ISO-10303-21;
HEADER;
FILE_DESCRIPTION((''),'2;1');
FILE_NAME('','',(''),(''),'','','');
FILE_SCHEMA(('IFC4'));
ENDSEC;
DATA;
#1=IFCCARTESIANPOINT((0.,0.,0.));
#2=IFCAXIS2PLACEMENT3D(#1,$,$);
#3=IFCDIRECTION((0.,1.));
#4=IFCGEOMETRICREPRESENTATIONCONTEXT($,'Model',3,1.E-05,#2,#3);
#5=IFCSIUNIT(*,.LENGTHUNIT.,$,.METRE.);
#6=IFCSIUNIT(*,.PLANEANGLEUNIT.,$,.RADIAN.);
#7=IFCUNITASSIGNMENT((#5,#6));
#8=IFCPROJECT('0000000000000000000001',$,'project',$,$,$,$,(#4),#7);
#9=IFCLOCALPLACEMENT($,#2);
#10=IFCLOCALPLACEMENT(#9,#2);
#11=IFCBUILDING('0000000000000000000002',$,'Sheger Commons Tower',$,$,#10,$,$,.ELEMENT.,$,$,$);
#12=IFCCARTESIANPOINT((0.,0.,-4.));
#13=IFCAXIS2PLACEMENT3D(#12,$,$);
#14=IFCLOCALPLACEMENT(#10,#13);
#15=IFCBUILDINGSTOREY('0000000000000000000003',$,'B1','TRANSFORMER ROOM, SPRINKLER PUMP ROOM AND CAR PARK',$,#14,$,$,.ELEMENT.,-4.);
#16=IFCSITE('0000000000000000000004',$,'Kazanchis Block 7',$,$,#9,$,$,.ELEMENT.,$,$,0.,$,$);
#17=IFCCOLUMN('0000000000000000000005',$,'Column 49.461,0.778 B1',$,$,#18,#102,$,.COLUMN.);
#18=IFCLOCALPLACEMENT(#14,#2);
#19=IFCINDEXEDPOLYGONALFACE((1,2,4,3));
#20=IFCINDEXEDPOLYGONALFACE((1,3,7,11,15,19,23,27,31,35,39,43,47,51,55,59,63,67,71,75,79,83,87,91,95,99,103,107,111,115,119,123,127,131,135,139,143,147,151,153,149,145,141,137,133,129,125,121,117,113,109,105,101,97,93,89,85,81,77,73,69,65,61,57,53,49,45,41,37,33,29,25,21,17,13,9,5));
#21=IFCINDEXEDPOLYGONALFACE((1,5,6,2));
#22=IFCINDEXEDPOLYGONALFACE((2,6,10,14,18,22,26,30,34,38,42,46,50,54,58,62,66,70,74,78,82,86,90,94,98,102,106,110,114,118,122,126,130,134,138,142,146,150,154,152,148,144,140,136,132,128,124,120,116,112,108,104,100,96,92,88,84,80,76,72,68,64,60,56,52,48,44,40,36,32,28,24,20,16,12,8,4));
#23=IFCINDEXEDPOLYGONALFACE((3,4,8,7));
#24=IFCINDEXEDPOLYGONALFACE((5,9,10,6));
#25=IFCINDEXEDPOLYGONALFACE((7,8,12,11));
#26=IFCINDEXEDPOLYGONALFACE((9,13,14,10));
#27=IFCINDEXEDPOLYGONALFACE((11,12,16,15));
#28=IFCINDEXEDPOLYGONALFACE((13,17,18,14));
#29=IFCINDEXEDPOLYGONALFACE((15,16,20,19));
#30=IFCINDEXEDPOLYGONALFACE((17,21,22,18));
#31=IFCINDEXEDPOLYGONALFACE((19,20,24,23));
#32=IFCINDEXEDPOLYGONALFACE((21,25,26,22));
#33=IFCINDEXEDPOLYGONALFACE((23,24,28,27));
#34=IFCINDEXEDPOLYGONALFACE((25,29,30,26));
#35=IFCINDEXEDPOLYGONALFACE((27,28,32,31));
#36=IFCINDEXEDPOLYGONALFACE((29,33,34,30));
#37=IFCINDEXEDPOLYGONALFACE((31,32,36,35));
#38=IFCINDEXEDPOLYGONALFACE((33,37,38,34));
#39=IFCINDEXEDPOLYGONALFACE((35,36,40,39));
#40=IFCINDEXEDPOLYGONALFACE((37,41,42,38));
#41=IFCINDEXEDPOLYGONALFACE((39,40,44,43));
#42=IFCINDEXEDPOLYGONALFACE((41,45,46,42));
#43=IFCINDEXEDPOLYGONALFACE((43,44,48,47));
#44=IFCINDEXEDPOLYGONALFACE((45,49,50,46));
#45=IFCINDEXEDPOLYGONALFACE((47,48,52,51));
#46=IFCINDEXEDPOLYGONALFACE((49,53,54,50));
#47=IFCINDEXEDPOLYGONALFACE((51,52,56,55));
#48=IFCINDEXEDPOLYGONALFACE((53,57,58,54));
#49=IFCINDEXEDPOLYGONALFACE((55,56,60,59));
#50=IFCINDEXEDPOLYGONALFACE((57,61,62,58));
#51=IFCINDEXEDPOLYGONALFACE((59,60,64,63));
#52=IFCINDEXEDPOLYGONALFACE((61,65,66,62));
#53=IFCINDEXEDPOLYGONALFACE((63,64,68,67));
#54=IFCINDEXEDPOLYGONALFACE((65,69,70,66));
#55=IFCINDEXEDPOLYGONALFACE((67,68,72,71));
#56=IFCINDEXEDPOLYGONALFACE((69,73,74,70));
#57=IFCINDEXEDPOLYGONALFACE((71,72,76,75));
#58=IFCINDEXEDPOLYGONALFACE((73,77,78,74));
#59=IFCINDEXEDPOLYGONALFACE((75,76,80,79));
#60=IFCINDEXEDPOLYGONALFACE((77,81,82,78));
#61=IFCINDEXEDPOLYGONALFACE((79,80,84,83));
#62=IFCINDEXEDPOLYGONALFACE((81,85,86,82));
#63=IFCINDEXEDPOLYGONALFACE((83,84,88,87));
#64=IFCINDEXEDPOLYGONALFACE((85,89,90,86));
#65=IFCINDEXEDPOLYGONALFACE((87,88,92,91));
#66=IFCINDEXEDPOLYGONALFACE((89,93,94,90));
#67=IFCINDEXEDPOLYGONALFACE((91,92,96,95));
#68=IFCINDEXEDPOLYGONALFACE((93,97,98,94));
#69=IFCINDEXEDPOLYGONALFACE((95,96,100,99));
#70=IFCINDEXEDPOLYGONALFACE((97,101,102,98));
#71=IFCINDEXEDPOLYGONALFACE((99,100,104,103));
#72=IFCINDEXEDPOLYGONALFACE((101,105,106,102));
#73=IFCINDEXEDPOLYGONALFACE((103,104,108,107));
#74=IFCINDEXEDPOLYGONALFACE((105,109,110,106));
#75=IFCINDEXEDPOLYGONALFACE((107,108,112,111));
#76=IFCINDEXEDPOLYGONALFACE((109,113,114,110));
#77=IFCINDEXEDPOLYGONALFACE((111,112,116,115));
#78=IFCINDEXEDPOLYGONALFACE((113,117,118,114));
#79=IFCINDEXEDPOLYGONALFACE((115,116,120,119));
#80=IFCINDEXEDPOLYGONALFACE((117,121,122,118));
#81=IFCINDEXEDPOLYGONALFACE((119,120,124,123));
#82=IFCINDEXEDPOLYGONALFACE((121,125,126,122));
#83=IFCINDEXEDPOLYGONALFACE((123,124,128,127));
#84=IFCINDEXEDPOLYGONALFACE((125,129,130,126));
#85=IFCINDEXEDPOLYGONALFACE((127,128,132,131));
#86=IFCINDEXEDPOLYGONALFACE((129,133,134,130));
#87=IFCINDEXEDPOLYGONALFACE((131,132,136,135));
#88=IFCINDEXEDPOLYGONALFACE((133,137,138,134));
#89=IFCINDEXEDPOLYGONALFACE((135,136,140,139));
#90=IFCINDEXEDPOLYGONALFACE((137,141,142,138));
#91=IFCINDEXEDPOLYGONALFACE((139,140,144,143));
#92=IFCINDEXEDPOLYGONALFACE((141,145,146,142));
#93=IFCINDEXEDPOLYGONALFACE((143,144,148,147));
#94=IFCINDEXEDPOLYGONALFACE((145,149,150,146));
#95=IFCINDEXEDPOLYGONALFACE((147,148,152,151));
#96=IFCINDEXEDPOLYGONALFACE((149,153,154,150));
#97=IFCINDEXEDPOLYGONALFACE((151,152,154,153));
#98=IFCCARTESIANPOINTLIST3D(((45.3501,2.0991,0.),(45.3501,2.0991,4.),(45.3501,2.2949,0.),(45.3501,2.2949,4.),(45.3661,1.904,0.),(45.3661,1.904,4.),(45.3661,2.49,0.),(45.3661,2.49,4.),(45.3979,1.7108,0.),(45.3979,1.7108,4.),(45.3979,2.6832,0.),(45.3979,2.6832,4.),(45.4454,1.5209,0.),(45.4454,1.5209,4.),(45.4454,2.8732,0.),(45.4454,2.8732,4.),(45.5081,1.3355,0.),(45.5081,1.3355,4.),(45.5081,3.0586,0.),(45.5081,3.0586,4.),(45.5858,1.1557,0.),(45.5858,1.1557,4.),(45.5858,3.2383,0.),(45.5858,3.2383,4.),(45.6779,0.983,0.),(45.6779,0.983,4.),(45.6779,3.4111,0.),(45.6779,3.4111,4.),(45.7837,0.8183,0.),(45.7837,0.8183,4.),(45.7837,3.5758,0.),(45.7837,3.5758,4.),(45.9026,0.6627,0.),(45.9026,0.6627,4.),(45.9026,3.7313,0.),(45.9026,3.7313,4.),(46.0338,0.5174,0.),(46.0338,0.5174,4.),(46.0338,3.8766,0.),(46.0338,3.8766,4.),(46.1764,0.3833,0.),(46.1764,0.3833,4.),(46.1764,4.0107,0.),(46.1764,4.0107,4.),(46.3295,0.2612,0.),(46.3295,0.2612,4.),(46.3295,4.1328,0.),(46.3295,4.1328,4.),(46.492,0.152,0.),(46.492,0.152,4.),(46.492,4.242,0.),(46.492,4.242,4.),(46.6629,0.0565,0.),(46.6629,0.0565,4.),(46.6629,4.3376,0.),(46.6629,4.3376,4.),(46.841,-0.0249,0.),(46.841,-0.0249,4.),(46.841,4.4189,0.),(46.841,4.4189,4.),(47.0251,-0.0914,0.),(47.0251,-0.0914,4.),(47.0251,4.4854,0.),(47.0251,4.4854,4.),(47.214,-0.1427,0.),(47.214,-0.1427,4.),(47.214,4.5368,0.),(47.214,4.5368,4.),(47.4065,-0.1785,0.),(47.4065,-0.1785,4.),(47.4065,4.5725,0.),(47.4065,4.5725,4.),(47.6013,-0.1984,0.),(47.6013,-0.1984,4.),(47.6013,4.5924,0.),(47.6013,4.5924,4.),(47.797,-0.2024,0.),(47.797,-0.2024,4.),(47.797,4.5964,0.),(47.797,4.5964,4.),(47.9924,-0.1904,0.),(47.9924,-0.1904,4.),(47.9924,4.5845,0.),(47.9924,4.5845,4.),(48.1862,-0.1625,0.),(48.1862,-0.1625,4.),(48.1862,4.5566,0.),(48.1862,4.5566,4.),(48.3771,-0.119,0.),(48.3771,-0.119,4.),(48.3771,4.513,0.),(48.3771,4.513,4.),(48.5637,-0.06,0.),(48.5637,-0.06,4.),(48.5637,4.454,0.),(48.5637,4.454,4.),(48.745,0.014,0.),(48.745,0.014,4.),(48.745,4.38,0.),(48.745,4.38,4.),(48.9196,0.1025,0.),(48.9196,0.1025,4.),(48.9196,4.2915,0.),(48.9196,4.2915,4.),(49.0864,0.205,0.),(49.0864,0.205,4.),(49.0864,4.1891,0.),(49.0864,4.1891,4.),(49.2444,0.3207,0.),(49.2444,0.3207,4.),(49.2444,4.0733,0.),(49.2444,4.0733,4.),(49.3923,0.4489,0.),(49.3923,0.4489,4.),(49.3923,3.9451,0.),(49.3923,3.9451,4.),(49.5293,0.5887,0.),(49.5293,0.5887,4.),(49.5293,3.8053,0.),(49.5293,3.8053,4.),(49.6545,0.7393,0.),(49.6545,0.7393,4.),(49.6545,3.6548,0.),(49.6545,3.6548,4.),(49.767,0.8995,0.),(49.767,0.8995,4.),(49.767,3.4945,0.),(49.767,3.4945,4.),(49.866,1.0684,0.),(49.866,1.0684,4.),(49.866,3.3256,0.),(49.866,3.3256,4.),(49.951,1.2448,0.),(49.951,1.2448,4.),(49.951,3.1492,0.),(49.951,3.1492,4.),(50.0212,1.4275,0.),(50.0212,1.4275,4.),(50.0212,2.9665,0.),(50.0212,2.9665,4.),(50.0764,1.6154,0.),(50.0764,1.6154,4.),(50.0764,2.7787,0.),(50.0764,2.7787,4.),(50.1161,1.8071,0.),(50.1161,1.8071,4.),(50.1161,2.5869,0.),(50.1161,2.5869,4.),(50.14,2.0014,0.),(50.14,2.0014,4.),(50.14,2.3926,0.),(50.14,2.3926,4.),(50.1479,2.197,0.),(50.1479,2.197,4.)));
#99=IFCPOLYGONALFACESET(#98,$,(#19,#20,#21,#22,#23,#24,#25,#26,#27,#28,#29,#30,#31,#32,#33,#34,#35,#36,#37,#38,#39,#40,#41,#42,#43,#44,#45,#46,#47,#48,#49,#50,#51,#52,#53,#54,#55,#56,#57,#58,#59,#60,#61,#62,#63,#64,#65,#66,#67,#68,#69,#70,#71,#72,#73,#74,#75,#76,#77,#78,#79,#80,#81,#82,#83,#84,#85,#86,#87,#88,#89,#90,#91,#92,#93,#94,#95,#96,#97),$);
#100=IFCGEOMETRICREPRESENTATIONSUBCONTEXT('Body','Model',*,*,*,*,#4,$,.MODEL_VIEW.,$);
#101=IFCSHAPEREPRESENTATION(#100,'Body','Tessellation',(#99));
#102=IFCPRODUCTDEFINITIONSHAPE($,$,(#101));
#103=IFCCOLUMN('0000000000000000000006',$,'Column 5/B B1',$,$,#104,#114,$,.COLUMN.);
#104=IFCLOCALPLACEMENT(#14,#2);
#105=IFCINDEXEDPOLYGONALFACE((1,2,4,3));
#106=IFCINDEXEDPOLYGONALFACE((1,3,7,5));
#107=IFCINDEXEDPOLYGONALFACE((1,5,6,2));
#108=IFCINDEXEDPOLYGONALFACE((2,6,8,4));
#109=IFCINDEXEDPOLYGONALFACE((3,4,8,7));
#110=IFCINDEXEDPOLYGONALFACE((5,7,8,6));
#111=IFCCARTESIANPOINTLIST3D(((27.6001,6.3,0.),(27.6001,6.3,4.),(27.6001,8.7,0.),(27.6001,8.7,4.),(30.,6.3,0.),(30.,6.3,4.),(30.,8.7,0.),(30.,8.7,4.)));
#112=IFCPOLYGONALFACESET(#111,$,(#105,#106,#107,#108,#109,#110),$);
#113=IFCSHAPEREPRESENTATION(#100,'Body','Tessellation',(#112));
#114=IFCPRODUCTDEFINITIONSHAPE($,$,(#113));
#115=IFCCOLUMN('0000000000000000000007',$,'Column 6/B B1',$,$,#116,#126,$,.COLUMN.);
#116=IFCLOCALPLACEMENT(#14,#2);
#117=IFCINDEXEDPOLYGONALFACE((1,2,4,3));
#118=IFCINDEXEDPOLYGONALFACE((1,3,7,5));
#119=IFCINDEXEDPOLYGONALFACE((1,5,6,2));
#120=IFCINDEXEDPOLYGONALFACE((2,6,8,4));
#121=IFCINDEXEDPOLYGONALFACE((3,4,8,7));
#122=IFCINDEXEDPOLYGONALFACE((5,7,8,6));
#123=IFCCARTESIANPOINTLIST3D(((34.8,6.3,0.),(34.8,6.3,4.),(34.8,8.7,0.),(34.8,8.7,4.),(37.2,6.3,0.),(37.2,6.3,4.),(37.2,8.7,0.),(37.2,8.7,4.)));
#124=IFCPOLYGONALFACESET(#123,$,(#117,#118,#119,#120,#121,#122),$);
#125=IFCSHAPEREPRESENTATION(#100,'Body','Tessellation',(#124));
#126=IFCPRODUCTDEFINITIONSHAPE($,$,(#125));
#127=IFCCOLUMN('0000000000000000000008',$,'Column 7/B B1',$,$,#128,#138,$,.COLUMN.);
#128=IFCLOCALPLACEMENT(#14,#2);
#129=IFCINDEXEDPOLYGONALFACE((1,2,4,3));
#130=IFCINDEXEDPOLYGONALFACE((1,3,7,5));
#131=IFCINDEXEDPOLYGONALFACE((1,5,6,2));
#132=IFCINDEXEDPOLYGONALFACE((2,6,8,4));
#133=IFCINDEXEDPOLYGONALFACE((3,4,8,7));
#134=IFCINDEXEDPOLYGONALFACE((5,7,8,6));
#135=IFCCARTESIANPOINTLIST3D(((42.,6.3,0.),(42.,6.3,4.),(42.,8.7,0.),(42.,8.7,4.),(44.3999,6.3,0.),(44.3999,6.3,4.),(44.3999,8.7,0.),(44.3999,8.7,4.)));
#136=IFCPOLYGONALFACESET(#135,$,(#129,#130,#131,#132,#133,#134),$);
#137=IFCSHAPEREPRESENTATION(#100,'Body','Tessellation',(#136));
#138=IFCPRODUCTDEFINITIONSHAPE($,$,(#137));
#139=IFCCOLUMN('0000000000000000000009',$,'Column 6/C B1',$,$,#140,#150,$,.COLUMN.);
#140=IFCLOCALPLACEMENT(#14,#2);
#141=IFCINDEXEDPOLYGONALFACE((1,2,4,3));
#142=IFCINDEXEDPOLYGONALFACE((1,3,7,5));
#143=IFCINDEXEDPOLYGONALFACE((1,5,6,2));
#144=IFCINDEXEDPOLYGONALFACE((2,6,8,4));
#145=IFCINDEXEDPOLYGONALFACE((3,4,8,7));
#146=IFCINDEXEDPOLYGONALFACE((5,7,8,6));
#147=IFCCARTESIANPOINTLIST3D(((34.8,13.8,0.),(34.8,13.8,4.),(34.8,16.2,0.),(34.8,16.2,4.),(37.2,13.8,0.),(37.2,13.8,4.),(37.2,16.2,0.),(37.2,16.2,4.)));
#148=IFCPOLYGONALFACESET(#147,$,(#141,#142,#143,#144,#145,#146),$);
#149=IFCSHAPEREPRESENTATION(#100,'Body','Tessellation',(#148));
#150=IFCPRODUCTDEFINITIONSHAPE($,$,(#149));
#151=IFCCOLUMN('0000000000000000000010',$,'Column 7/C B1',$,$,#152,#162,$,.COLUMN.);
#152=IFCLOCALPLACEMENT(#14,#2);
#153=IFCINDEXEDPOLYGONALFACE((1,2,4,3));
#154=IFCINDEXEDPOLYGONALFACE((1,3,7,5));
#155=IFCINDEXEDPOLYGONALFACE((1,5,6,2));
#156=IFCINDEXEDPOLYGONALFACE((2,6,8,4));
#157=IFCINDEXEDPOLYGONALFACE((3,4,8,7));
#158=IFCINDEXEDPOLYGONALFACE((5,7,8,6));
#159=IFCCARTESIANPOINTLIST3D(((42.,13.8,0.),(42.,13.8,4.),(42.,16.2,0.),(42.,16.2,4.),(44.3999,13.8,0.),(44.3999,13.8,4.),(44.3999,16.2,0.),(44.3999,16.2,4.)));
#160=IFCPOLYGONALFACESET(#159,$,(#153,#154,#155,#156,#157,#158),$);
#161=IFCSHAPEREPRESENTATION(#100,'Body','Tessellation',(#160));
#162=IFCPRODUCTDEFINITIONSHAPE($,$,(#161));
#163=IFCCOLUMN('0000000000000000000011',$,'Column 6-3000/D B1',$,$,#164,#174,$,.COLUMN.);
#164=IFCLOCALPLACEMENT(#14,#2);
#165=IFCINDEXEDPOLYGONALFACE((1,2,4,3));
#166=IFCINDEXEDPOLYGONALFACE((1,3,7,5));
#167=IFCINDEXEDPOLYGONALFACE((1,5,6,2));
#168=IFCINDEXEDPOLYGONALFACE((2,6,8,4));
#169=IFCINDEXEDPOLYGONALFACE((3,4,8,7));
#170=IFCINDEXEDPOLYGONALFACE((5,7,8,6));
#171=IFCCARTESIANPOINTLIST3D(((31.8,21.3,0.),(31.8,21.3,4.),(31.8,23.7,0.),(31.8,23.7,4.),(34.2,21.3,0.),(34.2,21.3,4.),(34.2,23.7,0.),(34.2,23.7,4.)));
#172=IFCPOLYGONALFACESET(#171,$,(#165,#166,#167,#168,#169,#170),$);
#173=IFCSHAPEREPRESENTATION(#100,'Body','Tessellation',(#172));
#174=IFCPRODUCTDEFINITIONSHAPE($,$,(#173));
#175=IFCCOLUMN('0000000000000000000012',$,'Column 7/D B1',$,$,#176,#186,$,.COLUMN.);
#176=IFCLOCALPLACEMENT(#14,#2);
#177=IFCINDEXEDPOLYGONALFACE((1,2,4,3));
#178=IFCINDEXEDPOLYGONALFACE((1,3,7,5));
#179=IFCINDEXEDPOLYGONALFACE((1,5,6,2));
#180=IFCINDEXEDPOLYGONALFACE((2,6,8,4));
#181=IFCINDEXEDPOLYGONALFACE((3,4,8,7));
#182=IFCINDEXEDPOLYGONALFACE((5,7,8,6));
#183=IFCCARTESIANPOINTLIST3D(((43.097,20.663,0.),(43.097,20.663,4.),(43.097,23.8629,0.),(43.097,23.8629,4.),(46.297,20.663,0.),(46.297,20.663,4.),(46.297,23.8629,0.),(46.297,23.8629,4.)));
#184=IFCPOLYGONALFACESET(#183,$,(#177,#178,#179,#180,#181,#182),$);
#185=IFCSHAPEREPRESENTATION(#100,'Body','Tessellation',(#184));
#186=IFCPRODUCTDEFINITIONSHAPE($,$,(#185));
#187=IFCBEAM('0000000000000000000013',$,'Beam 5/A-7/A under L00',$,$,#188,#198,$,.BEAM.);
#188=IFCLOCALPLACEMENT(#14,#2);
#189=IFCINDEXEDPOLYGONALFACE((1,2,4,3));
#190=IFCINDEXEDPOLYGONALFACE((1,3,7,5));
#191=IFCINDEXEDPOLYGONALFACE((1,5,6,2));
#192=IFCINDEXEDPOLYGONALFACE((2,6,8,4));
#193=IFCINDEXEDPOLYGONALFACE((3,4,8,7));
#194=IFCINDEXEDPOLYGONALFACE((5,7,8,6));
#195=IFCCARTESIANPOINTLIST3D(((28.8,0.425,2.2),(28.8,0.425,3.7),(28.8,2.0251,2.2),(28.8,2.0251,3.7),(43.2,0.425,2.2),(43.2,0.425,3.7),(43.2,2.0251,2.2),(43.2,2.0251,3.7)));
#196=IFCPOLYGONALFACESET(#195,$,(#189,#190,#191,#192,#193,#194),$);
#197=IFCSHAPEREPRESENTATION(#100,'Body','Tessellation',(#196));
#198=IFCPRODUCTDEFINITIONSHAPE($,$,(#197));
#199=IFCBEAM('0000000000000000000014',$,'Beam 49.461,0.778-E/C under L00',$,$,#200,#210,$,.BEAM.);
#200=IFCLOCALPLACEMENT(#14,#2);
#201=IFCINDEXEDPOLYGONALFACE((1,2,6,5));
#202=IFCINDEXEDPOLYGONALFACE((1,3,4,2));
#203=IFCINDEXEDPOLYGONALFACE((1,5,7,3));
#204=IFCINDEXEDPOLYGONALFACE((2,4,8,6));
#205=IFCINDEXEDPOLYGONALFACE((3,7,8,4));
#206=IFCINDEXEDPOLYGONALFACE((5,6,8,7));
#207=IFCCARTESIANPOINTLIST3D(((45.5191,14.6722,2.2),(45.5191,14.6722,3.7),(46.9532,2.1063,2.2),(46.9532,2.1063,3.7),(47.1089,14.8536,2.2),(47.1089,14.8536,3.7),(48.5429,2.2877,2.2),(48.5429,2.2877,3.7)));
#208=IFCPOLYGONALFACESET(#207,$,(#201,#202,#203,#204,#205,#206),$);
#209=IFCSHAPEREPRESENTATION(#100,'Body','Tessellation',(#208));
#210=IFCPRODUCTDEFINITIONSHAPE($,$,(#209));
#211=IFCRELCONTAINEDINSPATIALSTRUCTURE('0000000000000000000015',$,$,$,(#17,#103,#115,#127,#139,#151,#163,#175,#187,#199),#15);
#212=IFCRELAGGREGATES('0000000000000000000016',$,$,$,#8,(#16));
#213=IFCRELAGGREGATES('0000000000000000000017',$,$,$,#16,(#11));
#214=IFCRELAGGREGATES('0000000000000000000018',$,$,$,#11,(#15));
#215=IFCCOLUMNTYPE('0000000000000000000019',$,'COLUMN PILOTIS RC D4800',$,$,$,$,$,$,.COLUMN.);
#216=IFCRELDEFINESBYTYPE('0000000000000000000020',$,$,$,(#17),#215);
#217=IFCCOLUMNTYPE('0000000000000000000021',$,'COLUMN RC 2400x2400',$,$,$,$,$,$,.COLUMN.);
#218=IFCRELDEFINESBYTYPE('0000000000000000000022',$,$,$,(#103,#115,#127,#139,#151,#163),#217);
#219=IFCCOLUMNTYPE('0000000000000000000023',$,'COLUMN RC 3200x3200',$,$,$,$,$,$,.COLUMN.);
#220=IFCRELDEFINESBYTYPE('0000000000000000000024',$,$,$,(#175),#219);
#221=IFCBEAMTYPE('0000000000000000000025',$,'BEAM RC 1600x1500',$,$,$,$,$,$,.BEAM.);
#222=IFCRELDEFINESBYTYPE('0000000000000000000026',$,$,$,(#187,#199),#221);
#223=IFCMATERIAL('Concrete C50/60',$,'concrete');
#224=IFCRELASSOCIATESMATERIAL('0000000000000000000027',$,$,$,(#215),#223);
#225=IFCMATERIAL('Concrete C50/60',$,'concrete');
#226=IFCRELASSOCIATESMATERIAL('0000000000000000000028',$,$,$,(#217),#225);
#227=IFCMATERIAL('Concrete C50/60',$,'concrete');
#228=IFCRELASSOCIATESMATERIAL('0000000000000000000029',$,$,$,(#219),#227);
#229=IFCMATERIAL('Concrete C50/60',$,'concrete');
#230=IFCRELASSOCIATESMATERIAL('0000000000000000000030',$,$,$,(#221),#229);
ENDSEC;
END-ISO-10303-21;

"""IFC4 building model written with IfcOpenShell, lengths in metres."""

from ifc_helpers import new_model, si_unit, direction, frame, origin, origin_2d, place, context, subcontext, project, spatial, rectangle, circle, extrude, material, material_profile, profile_set, type_object, element, save


model = new_model("IFC4")

# Units and contexts
model_context = context("Model", 3, precision=1e-05, world=origin(), true_north=direction((0.0, 1.0)))
body_context = subcontext(model_context, "Body", "Model", "MODEL_VIEW")
ifc_project = project(units=[si_unit("LENGTHUNIT", "METRE"), si_unit("PLANEANGLEUNIT", "RADIAN")], contexts=[model_context])

# Site, building, storey
site_placement = place(None, origin())
site = spatial("IfcSite", under=ifc_project, at=site_placement, Name="Kazanchis Block 7", CompositionType="ELEMENT", RefElevation=0.0)
building_placement = place(site_placement, origin())
building = spatial("IfcBuilding", under=site, at=building_placement, Name="Sheger Commons Tower", CompositionType="ELEMENT")
storey_placement = place(building_placement, frame((0.0, 0.0, -4.0)))
storey = spatial("IfcBuildingStorey", under=building, at=storey_placement, Name="B1", Description="TRANSFORMER ROOM, SPRINKLER PUMP ROOM AND CAR PARK", CompositionType="ELEMENT", Elevation=-4.0)

# Columns
ifc_material_1 = material(Name="Concrete C50/60", Category="concrete")
ifc_material_profile_1 = material_profile(ifc_material_1, circle(Radius=2.3999, at=origin_2d()), Name="RC D4800")
ifc_profile_set_1 = profile_set([ifc_material_profile_1], Name="Concrete C50/60")
column_type_1 = type_object("IfcColumnType", Name="COLUMN PILOTIS RC D4800", PredefinedType="COLUMN", material=ifc_profile_set_1)
column_1_placement = place(storey_placement, frame((47.748, 2.197, 0.0), z_axis=(0.0, 0.0, 1.0), x_axis=(1.0, 0.0, 0.0)))
element("IfcColumn", 1, at=column_1_placement, inside=storey, type_object=column_type_1, Name="Column 49.461,0.778 B1", PredefinedType="COLUMN", context=body_context, shape_type="SweptSolid", body=[
    extrude(circle(Radius=2.3999, at=origin_2d()), origin(), (0.0, 0.0, 1.0), 4.0),
])
ifc_material_2 = material(Name="Concrete C50/60", Category="concrete")
ifc_material_profile_2 = material_profile(ifc_material_2, rectangle(XDim=2.3999, YDim=2.3999, at=origin_2d()), Name="RC 2400x2400")
ifc_profile_set_2 = profile_set([ifc_material_profile_2], Name="Concrete C50/60")
column_type_2 = type_object("IfcColumnType", Name="COLUMN RC 2400x2400", PredefinedType="COLUMN", material=ifc_profile_set_2)
for number, where, z_axis, x_axis, name in (
    (2, (28.8, 7.5, 0.0), (0.0, 0.0, 1.0), (1.0, 0.0, 0.0), "Column 5/B B1"),
    (3, (36.0, 7.5, 0.0), (0.0, 0.0, 1.0), (1.0, 0.0, 0.0), "Column 6/B B1"),
    (4, (43.2, 7.5, 0.0), (0.0, 0.0, 1.0), (1.0, 0.0, 0.0), "Column 7/B B1"),
    (5, (36.0, 15.0, 0.0), (0.0, 0.0, 1.0), (1.0, 0.0, 0.0), "Column 6/C B1"),
    (6, (43.2, 15.0, 0.0), (0.0, 0.0, 1.0), (1.0, 0.0, 0.0), "Column 7/C B1"),
    (7, (33.0, 22.5, 0.0), (0.0, 0.0, 1.0), (1.0, 0.0, 0.0), "Column 6-3000/D B1"),
):
    element("IfcColumn", number, at=place(storey_placement, frame(where, z_axis=z_axis, x_axis=x_axis)), inside=storey, type_object=column_type_2, Name=name, PredefinedType="COLUMN", context=body_context, shape_type="SweptSolid", body=[
        extrude(rectangle(XDim=2.3999, YDim=2.3999, at=origin_2d()), origin(), (0.0, 0.0, 1.0), 4.0),
    ])
ifc_material_3 = material(Name="Concrete C50/60", Category="concrete")
ifc_material_profile_3 = material_profile(ifc_material_3, rectangle(XDim=3.2, YDim=3.2, at=origin_2d()), Name="RC 3200x3200")
ifc_profile_set_3 = profile_set([ifc_material_profile_3], Name="Concrete C50/60")
column_type_3 = type_object("IfcColumnType", Name="COLUMN RC 3200x3200", PredefinedType="COLUMN", material=ifc_profile_set_3)
column_2_placement = place(storey_placement, frame((44.697, 22.2629, 0.0), z_axis=(0.0, 0.0, 1.0), x_axis=(1.0, 0.0, 0.0)))
element("IfcColumn", 8, at=column_2_placement, inside=storey, type_object=column_type_3, Name="Column 7/D B1", PredefinedType="COLUMN", context=body_context, shape_type="SweptSolid", body=[
    extrude(rectangle(XDim=3.2, YDim=3.2, at=origin_2d()), origin(), (0.0, 0.0, 1.0), 4.0),
])

# Beams
ifc_material_4 = material(Name="Concrete C50/60", Category="concrete")
ifc_material_profile_4 = material_profile(ifc_material_4, rectangle(XDim=1.6001, YDim=1.5, at=origin_2d()), Name="RC 1600x1500")
ifc_profile_set_4 = profile_set([ifc_material_profile_4], Name="Concrete C50/60")
beam_type = type_object("IfcBeamType", Name="BEAM RC 1600x1500", PredefinedType="BEAM", material=ifc_profile_set_4)
beam_1_placement = place(storey_placement, frame((28.8, 1.2251, 2.95), z_axis=(1.0, 0.0, 0.0), x_axis=(0.0, 1.0, 0.0)))
element("IfcBeam", 9, at=beam_1_placement, inside=storey, type_object=beam_type, Name="Beam 5/A-7/A under L00", PredefinedType="BEAM", context=body_context, shape_type="SweptSolid", body=[
    extrude(rectangle(XDim=1.6001, YDim=1.5, at=origin_2d()), origin(), (0.0, 0.0, 1.0), 14.3999),
])
beam_2_placement = place(storey_placement, frame((47.748, 2.197, 2.95), z_axis=(-0.113389, 0.993551, 0.0), x_axis=(-0.993551, -0.113389, 0.0)))
element("IfcBeam", 10, at=beam_2_placement, inside=storey, type_object=beam_type, Name="Beam 49.461,0.778-E/C under L00", PredefinedType="BEAM", context=body_context, shape_type="SweptSolid", body=[
    extrude(rectangle(XDim=1.6001, YDim=1.5, at=origin_2d()), origin(), (0.0, 0.0, 1.0), 12.6475),
])

save(model, "model.ifc")
